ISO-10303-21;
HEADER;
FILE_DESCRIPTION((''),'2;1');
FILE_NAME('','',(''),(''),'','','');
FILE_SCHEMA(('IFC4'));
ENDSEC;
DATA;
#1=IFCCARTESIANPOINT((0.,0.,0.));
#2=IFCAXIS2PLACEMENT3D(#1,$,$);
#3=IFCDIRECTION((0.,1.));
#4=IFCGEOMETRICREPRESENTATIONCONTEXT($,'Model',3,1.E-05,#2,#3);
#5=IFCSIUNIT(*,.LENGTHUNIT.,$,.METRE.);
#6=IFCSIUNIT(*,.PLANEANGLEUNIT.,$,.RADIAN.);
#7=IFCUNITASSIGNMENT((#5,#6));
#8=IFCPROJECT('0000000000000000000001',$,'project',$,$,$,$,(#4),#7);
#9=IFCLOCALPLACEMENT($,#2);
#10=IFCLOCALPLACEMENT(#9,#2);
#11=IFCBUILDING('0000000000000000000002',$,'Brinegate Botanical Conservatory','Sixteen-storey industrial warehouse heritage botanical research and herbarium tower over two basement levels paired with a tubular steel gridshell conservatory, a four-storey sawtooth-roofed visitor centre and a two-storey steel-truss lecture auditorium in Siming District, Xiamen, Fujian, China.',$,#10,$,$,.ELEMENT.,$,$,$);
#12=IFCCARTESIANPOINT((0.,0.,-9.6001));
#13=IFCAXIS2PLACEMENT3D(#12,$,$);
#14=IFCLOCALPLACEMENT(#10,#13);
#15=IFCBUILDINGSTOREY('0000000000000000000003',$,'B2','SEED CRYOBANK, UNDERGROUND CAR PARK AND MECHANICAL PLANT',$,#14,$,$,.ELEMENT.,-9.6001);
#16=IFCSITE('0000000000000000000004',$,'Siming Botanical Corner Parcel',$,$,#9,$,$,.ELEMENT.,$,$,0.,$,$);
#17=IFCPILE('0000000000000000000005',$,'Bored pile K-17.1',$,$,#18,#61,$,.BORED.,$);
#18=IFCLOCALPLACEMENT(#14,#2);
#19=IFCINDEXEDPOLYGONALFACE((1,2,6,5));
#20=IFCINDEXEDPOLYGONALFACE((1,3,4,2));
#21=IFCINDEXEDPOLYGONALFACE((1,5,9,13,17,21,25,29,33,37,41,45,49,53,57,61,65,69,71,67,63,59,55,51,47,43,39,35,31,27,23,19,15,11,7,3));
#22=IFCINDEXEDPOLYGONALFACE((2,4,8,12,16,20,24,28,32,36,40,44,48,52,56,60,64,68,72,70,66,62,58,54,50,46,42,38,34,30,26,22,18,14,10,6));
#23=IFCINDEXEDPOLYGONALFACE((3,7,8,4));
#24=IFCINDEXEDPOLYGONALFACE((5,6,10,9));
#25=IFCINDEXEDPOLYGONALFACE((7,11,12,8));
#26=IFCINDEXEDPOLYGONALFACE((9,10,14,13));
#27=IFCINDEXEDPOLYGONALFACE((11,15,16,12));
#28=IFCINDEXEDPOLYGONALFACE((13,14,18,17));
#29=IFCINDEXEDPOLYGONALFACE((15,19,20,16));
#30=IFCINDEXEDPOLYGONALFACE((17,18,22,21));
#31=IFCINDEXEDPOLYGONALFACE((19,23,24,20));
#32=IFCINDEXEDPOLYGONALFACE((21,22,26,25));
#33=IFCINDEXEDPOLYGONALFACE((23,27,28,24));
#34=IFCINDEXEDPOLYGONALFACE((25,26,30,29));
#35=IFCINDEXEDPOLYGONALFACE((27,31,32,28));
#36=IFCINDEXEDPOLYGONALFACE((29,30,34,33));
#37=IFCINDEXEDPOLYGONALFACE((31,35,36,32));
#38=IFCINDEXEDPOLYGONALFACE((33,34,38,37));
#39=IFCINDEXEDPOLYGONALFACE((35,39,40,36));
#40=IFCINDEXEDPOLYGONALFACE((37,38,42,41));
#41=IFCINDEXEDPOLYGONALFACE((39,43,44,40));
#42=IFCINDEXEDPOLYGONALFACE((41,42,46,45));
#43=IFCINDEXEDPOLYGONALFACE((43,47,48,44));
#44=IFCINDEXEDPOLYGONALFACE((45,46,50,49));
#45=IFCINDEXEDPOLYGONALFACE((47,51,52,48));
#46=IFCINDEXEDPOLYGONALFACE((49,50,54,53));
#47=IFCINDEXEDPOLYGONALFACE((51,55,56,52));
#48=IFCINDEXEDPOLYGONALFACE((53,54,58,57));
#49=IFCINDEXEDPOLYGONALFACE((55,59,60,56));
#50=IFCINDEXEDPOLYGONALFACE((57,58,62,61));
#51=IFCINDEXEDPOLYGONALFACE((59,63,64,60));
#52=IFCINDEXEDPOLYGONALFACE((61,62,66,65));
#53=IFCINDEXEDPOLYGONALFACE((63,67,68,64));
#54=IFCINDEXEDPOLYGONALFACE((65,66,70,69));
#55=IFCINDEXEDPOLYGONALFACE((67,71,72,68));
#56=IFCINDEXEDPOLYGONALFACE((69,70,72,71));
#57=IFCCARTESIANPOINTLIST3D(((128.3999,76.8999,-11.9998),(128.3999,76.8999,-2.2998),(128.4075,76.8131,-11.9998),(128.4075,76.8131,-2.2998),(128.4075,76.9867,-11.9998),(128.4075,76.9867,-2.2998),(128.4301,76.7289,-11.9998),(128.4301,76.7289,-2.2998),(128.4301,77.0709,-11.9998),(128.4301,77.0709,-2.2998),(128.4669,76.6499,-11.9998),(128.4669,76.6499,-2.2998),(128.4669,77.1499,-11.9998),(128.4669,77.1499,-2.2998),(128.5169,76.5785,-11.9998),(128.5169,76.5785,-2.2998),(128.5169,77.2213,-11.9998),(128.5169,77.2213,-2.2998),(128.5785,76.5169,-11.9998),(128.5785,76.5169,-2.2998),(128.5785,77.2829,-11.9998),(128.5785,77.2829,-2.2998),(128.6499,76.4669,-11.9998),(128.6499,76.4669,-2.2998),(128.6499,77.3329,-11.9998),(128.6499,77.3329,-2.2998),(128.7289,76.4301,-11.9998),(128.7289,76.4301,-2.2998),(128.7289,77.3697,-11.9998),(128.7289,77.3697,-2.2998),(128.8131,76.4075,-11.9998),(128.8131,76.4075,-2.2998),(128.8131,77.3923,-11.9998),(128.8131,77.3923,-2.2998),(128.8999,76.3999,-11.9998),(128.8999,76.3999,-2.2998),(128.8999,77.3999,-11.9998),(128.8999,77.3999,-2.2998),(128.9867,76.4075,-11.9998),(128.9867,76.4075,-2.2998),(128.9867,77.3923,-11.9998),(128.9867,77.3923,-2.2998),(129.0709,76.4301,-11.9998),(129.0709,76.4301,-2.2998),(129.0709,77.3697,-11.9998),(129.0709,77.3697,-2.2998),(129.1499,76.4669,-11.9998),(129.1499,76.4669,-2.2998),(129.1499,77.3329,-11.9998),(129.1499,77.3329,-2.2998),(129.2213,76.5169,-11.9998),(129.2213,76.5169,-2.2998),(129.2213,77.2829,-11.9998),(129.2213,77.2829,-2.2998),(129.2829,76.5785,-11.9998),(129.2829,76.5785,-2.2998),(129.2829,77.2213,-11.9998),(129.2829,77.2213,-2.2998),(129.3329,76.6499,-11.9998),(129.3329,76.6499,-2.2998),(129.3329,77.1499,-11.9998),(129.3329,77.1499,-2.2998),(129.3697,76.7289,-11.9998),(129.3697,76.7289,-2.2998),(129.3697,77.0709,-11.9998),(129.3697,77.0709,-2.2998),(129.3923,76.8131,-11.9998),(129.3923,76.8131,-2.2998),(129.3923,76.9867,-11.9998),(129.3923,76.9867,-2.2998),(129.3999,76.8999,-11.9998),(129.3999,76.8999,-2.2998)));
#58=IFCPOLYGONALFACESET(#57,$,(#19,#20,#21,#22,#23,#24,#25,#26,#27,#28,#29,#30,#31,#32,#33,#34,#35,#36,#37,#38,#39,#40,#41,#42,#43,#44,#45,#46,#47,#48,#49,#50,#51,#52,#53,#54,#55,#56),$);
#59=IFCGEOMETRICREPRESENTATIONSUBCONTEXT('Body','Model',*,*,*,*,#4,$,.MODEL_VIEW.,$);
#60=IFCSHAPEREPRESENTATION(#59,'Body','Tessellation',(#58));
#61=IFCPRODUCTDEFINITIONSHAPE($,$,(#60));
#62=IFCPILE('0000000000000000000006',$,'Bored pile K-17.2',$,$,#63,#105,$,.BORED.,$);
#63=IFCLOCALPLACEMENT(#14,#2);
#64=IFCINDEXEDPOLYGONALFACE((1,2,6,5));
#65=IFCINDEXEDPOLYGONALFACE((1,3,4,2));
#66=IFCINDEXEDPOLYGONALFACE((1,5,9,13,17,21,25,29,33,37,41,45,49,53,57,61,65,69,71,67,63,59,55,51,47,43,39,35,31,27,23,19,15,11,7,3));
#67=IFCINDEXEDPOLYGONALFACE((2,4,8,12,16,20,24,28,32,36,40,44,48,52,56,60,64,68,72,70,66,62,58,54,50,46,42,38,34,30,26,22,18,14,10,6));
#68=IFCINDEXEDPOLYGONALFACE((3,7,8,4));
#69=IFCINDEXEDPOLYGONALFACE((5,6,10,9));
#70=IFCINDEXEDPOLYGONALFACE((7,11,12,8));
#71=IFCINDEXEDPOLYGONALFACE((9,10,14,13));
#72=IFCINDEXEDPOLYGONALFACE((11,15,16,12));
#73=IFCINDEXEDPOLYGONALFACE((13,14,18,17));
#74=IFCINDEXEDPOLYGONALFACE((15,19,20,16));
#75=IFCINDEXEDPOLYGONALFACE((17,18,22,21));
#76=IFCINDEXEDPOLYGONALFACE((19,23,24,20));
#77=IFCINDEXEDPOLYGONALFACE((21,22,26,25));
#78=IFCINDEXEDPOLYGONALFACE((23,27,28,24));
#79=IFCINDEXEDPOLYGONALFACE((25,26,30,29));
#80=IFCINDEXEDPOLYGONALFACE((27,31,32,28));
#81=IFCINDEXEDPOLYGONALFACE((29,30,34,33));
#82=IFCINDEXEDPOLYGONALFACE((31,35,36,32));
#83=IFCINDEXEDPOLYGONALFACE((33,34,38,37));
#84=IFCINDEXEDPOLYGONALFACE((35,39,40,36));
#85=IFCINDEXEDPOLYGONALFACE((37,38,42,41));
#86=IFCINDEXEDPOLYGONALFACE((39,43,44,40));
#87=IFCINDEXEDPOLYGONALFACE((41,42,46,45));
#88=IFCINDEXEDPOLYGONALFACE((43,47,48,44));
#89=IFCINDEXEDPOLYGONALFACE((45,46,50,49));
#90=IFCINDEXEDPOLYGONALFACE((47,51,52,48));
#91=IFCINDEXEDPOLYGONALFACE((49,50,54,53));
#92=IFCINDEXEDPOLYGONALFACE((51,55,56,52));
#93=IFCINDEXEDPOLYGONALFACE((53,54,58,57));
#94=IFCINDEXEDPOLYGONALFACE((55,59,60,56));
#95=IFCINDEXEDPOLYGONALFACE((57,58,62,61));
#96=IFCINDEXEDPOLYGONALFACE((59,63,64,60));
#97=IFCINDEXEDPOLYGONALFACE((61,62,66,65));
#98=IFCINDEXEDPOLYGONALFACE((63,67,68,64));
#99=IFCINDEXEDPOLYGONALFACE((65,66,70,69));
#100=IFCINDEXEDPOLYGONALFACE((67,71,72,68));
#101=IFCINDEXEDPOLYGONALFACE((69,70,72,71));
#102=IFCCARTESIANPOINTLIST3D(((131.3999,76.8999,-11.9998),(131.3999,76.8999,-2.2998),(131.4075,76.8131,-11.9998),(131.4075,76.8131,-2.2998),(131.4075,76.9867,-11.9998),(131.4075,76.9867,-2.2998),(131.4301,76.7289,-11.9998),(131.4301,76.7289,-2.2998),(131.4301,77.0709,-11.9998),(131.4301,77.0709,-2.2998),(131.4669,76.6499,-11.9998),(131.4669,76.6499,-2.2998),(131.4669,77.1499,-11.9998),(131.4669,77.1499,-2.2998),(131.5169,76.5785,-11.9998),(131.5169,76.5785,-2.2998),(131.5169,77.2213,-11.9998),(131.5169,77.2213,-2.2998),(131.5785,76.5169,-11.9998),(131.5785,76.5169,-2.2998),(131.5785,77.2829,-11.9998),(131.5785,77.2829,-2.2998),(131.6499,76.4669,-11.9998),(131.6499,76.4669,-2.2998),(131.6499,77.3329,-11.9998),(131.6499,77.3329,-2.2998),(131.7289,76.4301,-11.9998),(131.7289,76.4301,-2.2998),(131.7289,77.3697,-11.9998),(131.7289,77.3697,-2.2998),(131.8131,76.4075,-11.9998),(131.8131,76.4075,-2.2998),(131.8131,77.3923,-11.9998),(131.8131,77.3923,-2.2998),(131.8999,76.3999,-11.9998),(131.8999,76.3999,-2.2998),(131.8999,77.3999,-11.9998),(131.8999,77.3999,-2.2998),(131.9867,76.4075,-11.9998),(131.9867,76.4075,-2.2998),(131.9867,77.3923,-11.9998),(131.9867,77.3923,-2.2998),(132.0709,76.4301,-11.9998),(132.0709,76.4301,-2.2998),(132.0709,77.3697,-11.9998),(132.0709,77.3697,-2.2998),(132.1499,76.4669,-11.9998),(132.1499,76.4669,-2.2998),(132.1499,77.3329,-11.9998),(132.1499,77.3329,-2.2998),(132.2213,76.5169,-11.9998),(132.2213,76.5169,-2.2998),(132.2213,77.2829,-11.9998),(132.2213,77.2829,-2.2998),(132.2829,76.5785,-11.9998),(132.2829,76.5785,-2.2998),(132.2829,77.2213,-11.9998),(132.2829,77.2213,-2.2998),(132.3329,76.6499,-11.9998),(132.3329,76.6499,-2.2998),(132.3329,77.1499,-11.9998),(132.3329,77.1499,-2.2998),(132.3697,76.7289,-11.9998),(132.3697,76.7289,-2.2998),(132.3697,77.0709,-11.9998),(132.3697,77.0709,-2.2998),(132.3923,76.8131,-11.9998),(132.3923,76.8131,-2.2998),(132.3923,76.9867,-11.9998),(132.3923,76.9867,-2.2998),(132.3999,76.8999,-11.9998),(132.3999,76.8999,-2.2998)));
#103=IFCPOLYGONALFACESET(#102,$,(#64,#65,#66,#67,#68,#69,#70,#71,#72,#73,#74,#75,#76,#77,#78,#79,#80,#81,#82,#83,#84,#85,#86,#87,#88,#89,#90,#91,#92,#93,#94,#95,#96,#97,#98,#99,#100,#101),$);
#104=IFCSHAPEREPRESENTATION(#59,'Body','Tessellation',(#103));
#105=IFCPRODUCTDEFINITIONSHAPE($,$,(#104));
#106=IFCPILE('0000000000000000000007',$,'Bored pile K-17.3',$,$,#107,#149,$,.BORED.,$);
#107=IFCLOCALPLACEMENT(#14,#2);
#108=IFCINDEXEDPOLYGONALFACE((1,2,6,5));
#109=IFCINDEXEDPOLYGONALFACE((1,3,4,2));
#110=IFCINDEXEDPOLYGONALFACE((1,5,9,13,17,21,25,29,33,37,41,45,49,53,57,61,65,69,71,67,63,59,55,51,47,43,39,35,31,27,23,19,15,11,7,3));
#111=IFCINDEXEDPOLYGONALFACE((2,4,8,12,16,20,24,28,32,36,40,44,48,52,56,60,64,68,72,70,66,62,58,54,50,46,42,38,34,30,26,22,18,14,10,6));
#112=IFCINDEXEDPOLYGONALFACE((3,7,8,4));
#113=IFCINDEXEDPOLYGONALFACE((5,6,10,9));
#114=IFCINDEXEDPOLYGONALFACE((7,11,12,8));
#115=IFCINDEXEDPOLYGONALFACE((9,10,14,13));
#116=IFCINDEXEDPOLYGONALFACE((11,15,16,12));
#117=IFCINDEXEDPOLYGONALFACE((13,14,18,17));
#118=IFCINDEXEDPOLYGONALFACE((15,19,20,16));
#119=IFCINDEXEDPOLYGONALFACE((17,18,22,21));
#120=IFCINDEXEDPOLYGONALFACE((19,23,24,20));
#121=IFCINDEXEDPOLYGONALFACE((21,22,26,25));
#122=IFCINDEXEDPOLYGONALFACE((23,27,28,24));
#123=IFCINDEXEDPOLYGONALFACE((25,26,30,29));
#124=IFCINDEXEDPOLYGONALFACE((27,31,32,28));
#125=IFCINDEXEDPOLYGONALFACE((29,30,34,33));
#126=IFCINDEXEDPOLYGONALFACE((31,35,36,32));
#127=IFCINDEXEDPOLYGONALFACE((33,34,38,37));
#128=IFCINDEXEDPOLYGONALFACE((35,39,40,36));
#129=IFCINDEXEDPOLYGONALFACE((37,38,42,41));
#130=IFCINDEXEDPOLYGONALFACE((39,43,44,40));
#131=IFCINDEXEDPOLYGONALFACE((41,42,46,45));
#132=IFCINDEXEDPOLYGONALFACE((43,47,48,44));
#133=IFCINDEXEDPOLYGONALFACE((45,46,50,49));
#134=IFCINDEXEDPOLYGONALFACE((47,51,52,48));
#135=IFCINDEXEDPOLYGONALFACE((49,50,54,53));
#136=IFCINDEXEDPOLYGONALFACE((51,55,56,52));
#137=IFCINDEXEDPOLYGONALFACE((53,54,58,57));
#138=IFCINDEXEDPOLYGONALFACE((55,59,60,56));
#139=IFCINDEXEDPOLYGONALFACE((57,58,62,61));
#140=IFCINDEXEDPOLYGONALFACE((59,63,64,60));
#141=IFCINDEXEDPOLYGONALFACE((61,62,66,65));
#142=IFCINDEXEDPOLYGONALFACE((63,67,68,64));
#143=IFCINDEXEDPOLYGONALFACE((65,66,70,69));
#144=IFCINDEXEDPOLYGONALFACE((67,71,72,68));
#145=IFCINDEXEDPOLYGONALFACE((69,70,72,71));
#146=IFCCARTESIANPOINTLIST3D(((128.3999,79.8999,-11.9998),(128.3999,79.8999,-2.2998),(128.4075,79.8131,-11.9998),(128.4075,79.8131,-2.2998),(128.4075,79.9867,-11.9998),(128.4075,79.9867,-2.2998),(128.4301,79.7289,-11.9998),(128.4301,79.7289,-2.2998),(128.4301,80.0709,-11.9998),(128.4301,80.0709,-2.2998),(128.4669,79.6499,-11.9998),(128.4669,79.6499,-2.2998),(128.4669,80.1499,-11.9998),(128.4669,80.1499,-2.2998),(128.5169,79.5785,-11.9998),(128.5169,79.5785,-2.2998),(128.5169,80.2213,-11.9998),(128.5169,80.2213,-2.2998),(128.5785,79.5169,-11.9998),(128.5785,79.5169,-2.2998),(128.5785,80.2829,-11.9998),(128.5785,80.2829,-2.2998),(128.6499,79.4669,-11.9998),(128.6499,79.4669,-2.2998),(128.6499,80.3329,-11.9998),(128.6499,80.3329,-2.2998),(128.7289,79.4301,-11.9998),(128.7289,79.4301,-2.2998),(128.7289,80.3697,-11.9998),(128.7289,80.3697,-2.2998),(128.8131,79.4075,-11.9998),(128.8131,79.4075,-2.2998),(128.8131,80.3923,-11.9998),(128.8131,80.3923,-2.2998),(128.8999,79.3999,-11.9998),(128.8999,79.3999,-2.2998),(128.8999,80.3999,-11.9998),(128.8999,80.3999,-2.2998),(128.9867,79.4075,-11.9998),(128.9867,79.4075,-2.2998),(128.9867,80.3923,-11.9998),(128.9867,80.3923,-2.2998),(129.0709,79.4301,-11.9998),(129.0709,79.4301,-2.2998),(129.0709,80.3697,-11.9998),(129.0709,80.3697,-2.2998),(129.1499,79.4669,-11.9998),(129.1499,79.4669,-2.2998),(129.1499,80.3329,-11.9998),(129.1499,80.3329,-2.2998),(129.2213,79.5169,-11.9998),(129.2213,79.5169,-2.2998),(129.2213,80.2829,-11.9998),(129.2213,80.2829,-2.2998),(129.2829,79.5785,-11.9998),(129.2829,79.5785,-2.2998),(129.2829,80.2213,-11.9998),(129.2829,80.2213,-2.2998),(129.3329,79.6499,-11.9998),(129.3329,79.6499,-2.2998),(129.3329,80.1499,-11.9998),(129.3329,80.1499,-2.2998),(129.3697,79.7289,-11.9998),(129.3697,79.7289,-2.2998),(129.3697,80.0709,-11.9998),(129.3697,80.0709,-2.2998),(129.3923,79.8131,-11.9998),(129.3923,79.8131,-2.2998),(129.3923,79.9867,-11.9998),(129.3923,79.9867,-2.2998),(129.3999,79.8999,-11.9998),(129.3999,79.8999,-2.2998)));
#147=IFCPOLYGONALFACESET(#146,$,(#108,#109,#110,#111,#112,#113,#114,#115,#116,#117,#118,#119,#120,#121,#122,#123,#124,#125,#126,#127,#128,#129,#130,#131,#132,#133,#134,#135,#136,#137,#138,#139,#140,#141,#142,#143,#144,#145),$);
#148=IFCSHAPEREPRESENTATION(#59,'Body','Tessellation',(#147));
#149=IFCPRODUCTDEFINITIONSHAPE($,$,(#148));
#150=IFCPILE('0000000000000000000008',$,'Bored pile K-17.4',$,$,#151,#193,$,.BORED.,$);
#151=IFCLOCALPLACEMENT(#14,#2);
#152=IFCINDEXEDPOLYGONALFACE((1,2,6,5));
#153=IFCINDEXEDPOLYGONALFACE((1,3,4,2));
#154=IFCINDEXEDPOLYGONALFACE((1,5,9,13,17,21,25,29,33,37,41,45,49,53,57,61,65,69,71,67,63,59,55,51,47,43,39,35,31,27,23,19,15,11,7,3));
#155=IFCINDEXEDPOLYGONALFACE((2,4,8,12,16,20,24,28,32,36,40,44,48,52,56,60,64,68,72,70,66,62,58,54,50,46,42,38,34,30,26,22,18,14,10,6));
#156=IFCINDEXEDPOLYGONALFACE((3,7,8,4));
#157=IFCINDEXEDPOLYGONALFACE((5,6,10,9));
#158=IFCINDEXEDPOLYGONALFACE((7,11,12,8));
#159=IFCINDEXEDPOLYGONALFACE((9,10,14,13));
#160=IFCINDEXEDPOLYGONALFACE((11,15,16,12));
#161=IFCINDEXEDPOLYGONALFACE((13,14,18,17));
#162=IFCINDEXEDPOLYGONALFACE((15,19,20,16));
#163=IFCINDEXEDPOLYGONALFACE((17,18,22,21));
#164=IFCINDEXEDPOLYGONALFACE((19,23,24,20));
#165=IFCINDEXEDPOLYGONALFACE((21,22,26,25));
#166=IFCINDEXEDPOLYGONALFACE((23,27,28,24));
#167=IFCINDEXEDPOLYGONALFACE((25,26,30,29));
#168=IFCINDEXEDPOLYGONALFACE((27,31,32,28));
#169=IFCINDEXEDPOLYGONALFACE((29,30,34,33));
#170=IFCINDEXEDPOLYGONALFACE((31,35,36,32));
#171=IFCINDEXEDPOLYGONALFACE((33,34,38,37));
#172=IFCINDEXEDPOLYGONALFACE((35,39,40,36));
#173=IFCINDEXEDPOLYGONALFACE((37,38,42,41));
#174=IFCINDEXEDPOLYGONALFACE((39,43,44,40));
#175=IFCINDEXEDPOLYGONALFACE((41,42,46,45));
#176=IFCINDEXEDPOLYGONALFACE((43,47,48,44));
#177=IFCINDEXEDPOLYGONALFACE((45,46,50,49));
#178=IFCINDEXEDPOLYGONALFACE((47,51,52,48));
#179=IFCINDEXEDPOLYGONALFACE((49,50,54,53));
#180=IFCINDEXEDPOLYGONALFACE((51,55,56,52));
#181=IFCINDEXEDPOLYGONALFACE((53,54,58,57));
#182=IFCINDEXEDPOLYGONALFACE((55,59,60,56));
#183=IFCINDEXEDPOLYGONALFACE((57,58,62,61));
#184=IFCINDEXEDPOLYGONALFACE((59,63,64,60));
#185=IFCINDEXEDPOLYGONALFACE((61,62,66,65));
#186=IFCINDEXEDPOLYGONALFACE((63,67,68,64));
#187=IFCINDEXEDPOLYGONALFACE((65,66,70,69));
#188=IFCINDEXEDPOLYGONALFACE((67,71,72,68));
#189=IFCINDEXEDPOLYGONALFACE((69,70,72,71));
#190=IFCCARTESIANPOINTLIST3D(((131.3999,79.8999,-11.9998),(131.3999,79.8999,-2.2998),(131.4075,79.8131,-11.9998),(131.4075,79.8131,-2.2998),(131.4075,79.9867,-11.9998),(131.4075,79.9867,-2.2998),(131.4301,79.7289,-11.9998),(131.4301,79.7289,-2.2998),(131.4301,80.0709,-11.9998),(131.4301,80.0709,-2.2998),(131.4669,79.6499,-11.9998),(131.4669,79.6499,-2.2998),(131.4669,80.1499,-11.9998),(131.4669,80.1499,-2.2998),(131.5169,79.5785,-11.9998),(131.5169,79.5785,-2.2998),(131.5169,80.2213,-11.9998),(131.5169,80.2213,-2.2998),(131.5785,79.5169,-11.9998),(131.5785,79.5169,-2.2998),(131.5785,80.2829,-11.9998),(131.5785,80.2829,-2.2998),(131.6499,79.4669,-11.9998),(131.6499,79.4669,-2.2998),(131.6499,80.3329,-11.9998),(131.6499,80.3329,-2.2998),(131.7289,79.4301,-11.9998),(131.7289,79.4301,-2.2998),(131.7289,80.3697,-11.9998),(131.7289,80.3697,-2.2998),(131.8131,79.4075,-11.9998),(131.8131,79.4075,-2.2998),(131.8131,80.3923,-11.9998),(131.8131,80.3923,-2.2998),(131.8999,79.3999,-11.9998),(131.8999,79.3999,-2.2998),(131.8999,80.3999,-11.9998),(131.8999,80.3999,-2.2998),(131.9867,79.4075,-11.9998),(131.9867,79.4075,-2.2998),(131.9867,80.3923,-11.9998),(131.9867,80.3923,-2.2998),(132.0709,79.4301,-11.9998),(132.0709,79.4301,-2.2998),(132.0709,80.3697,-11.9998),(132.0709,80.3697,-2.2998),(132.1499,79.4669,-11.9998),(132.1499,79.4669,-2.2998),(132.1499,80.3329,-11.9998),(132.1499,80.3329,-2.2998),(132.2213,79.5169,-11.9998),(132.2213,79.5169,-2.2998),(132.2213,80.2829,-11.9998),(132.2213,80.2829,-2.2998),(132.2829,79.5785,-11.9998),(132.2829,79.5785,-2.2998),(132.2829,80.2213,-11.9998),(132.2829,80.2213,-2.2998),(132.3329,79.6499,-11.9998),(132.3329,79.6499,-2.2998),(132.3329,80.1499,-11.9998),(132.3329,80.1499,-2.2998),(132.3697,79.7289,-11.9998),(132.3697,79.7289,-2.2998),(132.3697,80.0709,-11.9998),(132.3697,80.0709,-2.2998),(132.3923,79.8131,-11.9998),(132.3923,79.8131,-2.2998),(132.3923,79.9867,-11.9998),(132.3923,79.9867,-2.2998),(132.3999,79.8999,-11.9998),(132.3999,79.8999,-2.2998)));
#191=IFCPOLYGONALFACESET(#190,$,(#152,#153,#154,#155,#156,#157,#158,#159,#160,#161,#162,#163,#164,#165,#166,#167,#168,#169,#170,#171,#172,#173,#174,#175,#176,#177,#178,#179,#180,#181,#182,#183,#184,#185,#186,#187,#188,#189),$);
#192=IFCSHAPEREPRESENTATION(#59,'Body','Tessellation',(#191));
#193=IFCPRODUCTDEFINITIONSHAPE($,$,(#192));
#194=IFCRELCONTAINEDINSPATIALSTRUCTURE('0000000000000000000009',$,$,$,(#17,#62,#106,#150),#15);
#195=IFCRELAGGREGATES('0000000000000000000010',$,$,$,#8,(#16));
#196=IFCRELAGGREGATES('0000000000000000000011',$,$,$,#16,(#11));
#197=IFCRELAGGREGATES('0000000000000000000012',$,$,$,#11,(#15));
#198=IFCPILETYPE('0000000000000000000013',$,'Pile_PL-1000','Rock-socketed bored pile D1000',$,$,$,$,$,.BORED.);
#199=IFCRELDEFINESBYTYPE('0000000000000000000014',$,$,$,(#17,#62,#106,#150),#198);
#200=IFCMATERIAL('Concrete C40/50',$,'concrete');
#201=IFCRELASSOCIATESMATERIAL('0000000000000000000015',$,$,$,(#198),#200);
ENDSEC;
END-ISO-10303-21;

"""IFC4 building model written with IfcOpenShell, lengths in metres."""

from ifc_helpers import new_model, si_unit, direction, frame, origin, origin_2d, place, context, subcontext, project, spatial, circle, extrude, material, material_profile, profile_set, type_object, element, save


model = new_model("IFC4")

# Units and contexts
model_context = context("Model", 3, precision=1e-05, world=origin(), true_north=direction((0.0, 1.0)))
body_context = subcontext(model_context, "Body", "Model", "MODEL_VIEW")
ifc_project = project(units=[si_unit("LENGTHUNIT", "METRE"), si_unit("PLANEANGLEUNIT", "RADIAN")], contexts=[model_context])

# Site, building, storey
site_placement = place(None, origin())
site = spatial("IfcSite", under=ifc_project, at=site_placement, Name="Siming Botanical Corner Parcel", CompositionType="ELEMENT", RefElevation=0.0)
building_placement = place(site_placement, origin())
building = spatial("IfcBuilding", under=site, at=building_placement, Name="Brinegate Botanical Conservatory", Description="Sixteen-storey industrial warehouse heritage botanical research and herbarium tower over two basement levels paired with a tubular steel gridshell conservatory, a four-storey sawtooth-roofed visitor centre and a two-storey steel-truss lecture auditorium in Siming District, Xiamen, Fujian, China.", CompositionType="ELEMENT")
storey_placement = place(building_placement, frame((0.0, 0.0, -9.6001)))
storey = spatial("IfcBuildingStorey", under=building, at=storey_placement, Name="B2", Description="SEED CRYOBANK, UNDERGROUND CAR PARK AND MECHANICAL PLANT", CompositionType="ELEMENT", Elevation=-9.6001)

# Shared definitions
ifc_material_1 = material(Name="Concrete C40/50", Category="concrete")

# Piles
ifc_material_profile_1 = material_profile(ifc_material_1, circle(Radius=0.5, at=origin_2d()), Name="PILE D1000")
ifc_profile_set_1 = profile_set([ifc_material_profile_1], Name="Concrete C40/50")
pile_type_1 = type_object("IfcPileType", Name="Pile_PL-1000", Description="Rock-socketed bored pile D1000", PredefinedType="BORED", material=ifc_profile_set_1)
for number, where, z_axis, x_axis, name in (
    (1, (128.8999, 76.8999, -2.2998), (0.0, 0.0, -1.0), (1.0, 0.0, 0.0), "Bored pile K-17.1"),
    (2, (131.8999, 76.8999, -2.2998), (0.0, 0.0, -1.0), (1.0, 0.0, 0.0), "Bored pile K-17.2"),
    (3, (128.8999, 79.8999, -2.2998), (0.0, 0.0, -1.0), (1.0, 0.0, 0.0), "Bored pile K-17.3"),
    (4, (131.8999, 79.8999, -2.2998), (0.0, 0.0, -1.0), (1.0, 0.0, 0.0), "Bored pile K-17.4"),
):
    element("IfcPile", number, at=place(storey_placement, frame(where, z_axis=z_axis, x_axis=x_axis)), inside=storey, type_object=pile_type_1, Name=name, PredefinedType="BORED", context=body_context, shape_type="SweptSolid", body=[
        extrude(circle(Radius=0.5, at=origin_2d()), origin(), (0.0, 0.0, 1.0), 9.7),
    ])

save(model, "model.ifc")
